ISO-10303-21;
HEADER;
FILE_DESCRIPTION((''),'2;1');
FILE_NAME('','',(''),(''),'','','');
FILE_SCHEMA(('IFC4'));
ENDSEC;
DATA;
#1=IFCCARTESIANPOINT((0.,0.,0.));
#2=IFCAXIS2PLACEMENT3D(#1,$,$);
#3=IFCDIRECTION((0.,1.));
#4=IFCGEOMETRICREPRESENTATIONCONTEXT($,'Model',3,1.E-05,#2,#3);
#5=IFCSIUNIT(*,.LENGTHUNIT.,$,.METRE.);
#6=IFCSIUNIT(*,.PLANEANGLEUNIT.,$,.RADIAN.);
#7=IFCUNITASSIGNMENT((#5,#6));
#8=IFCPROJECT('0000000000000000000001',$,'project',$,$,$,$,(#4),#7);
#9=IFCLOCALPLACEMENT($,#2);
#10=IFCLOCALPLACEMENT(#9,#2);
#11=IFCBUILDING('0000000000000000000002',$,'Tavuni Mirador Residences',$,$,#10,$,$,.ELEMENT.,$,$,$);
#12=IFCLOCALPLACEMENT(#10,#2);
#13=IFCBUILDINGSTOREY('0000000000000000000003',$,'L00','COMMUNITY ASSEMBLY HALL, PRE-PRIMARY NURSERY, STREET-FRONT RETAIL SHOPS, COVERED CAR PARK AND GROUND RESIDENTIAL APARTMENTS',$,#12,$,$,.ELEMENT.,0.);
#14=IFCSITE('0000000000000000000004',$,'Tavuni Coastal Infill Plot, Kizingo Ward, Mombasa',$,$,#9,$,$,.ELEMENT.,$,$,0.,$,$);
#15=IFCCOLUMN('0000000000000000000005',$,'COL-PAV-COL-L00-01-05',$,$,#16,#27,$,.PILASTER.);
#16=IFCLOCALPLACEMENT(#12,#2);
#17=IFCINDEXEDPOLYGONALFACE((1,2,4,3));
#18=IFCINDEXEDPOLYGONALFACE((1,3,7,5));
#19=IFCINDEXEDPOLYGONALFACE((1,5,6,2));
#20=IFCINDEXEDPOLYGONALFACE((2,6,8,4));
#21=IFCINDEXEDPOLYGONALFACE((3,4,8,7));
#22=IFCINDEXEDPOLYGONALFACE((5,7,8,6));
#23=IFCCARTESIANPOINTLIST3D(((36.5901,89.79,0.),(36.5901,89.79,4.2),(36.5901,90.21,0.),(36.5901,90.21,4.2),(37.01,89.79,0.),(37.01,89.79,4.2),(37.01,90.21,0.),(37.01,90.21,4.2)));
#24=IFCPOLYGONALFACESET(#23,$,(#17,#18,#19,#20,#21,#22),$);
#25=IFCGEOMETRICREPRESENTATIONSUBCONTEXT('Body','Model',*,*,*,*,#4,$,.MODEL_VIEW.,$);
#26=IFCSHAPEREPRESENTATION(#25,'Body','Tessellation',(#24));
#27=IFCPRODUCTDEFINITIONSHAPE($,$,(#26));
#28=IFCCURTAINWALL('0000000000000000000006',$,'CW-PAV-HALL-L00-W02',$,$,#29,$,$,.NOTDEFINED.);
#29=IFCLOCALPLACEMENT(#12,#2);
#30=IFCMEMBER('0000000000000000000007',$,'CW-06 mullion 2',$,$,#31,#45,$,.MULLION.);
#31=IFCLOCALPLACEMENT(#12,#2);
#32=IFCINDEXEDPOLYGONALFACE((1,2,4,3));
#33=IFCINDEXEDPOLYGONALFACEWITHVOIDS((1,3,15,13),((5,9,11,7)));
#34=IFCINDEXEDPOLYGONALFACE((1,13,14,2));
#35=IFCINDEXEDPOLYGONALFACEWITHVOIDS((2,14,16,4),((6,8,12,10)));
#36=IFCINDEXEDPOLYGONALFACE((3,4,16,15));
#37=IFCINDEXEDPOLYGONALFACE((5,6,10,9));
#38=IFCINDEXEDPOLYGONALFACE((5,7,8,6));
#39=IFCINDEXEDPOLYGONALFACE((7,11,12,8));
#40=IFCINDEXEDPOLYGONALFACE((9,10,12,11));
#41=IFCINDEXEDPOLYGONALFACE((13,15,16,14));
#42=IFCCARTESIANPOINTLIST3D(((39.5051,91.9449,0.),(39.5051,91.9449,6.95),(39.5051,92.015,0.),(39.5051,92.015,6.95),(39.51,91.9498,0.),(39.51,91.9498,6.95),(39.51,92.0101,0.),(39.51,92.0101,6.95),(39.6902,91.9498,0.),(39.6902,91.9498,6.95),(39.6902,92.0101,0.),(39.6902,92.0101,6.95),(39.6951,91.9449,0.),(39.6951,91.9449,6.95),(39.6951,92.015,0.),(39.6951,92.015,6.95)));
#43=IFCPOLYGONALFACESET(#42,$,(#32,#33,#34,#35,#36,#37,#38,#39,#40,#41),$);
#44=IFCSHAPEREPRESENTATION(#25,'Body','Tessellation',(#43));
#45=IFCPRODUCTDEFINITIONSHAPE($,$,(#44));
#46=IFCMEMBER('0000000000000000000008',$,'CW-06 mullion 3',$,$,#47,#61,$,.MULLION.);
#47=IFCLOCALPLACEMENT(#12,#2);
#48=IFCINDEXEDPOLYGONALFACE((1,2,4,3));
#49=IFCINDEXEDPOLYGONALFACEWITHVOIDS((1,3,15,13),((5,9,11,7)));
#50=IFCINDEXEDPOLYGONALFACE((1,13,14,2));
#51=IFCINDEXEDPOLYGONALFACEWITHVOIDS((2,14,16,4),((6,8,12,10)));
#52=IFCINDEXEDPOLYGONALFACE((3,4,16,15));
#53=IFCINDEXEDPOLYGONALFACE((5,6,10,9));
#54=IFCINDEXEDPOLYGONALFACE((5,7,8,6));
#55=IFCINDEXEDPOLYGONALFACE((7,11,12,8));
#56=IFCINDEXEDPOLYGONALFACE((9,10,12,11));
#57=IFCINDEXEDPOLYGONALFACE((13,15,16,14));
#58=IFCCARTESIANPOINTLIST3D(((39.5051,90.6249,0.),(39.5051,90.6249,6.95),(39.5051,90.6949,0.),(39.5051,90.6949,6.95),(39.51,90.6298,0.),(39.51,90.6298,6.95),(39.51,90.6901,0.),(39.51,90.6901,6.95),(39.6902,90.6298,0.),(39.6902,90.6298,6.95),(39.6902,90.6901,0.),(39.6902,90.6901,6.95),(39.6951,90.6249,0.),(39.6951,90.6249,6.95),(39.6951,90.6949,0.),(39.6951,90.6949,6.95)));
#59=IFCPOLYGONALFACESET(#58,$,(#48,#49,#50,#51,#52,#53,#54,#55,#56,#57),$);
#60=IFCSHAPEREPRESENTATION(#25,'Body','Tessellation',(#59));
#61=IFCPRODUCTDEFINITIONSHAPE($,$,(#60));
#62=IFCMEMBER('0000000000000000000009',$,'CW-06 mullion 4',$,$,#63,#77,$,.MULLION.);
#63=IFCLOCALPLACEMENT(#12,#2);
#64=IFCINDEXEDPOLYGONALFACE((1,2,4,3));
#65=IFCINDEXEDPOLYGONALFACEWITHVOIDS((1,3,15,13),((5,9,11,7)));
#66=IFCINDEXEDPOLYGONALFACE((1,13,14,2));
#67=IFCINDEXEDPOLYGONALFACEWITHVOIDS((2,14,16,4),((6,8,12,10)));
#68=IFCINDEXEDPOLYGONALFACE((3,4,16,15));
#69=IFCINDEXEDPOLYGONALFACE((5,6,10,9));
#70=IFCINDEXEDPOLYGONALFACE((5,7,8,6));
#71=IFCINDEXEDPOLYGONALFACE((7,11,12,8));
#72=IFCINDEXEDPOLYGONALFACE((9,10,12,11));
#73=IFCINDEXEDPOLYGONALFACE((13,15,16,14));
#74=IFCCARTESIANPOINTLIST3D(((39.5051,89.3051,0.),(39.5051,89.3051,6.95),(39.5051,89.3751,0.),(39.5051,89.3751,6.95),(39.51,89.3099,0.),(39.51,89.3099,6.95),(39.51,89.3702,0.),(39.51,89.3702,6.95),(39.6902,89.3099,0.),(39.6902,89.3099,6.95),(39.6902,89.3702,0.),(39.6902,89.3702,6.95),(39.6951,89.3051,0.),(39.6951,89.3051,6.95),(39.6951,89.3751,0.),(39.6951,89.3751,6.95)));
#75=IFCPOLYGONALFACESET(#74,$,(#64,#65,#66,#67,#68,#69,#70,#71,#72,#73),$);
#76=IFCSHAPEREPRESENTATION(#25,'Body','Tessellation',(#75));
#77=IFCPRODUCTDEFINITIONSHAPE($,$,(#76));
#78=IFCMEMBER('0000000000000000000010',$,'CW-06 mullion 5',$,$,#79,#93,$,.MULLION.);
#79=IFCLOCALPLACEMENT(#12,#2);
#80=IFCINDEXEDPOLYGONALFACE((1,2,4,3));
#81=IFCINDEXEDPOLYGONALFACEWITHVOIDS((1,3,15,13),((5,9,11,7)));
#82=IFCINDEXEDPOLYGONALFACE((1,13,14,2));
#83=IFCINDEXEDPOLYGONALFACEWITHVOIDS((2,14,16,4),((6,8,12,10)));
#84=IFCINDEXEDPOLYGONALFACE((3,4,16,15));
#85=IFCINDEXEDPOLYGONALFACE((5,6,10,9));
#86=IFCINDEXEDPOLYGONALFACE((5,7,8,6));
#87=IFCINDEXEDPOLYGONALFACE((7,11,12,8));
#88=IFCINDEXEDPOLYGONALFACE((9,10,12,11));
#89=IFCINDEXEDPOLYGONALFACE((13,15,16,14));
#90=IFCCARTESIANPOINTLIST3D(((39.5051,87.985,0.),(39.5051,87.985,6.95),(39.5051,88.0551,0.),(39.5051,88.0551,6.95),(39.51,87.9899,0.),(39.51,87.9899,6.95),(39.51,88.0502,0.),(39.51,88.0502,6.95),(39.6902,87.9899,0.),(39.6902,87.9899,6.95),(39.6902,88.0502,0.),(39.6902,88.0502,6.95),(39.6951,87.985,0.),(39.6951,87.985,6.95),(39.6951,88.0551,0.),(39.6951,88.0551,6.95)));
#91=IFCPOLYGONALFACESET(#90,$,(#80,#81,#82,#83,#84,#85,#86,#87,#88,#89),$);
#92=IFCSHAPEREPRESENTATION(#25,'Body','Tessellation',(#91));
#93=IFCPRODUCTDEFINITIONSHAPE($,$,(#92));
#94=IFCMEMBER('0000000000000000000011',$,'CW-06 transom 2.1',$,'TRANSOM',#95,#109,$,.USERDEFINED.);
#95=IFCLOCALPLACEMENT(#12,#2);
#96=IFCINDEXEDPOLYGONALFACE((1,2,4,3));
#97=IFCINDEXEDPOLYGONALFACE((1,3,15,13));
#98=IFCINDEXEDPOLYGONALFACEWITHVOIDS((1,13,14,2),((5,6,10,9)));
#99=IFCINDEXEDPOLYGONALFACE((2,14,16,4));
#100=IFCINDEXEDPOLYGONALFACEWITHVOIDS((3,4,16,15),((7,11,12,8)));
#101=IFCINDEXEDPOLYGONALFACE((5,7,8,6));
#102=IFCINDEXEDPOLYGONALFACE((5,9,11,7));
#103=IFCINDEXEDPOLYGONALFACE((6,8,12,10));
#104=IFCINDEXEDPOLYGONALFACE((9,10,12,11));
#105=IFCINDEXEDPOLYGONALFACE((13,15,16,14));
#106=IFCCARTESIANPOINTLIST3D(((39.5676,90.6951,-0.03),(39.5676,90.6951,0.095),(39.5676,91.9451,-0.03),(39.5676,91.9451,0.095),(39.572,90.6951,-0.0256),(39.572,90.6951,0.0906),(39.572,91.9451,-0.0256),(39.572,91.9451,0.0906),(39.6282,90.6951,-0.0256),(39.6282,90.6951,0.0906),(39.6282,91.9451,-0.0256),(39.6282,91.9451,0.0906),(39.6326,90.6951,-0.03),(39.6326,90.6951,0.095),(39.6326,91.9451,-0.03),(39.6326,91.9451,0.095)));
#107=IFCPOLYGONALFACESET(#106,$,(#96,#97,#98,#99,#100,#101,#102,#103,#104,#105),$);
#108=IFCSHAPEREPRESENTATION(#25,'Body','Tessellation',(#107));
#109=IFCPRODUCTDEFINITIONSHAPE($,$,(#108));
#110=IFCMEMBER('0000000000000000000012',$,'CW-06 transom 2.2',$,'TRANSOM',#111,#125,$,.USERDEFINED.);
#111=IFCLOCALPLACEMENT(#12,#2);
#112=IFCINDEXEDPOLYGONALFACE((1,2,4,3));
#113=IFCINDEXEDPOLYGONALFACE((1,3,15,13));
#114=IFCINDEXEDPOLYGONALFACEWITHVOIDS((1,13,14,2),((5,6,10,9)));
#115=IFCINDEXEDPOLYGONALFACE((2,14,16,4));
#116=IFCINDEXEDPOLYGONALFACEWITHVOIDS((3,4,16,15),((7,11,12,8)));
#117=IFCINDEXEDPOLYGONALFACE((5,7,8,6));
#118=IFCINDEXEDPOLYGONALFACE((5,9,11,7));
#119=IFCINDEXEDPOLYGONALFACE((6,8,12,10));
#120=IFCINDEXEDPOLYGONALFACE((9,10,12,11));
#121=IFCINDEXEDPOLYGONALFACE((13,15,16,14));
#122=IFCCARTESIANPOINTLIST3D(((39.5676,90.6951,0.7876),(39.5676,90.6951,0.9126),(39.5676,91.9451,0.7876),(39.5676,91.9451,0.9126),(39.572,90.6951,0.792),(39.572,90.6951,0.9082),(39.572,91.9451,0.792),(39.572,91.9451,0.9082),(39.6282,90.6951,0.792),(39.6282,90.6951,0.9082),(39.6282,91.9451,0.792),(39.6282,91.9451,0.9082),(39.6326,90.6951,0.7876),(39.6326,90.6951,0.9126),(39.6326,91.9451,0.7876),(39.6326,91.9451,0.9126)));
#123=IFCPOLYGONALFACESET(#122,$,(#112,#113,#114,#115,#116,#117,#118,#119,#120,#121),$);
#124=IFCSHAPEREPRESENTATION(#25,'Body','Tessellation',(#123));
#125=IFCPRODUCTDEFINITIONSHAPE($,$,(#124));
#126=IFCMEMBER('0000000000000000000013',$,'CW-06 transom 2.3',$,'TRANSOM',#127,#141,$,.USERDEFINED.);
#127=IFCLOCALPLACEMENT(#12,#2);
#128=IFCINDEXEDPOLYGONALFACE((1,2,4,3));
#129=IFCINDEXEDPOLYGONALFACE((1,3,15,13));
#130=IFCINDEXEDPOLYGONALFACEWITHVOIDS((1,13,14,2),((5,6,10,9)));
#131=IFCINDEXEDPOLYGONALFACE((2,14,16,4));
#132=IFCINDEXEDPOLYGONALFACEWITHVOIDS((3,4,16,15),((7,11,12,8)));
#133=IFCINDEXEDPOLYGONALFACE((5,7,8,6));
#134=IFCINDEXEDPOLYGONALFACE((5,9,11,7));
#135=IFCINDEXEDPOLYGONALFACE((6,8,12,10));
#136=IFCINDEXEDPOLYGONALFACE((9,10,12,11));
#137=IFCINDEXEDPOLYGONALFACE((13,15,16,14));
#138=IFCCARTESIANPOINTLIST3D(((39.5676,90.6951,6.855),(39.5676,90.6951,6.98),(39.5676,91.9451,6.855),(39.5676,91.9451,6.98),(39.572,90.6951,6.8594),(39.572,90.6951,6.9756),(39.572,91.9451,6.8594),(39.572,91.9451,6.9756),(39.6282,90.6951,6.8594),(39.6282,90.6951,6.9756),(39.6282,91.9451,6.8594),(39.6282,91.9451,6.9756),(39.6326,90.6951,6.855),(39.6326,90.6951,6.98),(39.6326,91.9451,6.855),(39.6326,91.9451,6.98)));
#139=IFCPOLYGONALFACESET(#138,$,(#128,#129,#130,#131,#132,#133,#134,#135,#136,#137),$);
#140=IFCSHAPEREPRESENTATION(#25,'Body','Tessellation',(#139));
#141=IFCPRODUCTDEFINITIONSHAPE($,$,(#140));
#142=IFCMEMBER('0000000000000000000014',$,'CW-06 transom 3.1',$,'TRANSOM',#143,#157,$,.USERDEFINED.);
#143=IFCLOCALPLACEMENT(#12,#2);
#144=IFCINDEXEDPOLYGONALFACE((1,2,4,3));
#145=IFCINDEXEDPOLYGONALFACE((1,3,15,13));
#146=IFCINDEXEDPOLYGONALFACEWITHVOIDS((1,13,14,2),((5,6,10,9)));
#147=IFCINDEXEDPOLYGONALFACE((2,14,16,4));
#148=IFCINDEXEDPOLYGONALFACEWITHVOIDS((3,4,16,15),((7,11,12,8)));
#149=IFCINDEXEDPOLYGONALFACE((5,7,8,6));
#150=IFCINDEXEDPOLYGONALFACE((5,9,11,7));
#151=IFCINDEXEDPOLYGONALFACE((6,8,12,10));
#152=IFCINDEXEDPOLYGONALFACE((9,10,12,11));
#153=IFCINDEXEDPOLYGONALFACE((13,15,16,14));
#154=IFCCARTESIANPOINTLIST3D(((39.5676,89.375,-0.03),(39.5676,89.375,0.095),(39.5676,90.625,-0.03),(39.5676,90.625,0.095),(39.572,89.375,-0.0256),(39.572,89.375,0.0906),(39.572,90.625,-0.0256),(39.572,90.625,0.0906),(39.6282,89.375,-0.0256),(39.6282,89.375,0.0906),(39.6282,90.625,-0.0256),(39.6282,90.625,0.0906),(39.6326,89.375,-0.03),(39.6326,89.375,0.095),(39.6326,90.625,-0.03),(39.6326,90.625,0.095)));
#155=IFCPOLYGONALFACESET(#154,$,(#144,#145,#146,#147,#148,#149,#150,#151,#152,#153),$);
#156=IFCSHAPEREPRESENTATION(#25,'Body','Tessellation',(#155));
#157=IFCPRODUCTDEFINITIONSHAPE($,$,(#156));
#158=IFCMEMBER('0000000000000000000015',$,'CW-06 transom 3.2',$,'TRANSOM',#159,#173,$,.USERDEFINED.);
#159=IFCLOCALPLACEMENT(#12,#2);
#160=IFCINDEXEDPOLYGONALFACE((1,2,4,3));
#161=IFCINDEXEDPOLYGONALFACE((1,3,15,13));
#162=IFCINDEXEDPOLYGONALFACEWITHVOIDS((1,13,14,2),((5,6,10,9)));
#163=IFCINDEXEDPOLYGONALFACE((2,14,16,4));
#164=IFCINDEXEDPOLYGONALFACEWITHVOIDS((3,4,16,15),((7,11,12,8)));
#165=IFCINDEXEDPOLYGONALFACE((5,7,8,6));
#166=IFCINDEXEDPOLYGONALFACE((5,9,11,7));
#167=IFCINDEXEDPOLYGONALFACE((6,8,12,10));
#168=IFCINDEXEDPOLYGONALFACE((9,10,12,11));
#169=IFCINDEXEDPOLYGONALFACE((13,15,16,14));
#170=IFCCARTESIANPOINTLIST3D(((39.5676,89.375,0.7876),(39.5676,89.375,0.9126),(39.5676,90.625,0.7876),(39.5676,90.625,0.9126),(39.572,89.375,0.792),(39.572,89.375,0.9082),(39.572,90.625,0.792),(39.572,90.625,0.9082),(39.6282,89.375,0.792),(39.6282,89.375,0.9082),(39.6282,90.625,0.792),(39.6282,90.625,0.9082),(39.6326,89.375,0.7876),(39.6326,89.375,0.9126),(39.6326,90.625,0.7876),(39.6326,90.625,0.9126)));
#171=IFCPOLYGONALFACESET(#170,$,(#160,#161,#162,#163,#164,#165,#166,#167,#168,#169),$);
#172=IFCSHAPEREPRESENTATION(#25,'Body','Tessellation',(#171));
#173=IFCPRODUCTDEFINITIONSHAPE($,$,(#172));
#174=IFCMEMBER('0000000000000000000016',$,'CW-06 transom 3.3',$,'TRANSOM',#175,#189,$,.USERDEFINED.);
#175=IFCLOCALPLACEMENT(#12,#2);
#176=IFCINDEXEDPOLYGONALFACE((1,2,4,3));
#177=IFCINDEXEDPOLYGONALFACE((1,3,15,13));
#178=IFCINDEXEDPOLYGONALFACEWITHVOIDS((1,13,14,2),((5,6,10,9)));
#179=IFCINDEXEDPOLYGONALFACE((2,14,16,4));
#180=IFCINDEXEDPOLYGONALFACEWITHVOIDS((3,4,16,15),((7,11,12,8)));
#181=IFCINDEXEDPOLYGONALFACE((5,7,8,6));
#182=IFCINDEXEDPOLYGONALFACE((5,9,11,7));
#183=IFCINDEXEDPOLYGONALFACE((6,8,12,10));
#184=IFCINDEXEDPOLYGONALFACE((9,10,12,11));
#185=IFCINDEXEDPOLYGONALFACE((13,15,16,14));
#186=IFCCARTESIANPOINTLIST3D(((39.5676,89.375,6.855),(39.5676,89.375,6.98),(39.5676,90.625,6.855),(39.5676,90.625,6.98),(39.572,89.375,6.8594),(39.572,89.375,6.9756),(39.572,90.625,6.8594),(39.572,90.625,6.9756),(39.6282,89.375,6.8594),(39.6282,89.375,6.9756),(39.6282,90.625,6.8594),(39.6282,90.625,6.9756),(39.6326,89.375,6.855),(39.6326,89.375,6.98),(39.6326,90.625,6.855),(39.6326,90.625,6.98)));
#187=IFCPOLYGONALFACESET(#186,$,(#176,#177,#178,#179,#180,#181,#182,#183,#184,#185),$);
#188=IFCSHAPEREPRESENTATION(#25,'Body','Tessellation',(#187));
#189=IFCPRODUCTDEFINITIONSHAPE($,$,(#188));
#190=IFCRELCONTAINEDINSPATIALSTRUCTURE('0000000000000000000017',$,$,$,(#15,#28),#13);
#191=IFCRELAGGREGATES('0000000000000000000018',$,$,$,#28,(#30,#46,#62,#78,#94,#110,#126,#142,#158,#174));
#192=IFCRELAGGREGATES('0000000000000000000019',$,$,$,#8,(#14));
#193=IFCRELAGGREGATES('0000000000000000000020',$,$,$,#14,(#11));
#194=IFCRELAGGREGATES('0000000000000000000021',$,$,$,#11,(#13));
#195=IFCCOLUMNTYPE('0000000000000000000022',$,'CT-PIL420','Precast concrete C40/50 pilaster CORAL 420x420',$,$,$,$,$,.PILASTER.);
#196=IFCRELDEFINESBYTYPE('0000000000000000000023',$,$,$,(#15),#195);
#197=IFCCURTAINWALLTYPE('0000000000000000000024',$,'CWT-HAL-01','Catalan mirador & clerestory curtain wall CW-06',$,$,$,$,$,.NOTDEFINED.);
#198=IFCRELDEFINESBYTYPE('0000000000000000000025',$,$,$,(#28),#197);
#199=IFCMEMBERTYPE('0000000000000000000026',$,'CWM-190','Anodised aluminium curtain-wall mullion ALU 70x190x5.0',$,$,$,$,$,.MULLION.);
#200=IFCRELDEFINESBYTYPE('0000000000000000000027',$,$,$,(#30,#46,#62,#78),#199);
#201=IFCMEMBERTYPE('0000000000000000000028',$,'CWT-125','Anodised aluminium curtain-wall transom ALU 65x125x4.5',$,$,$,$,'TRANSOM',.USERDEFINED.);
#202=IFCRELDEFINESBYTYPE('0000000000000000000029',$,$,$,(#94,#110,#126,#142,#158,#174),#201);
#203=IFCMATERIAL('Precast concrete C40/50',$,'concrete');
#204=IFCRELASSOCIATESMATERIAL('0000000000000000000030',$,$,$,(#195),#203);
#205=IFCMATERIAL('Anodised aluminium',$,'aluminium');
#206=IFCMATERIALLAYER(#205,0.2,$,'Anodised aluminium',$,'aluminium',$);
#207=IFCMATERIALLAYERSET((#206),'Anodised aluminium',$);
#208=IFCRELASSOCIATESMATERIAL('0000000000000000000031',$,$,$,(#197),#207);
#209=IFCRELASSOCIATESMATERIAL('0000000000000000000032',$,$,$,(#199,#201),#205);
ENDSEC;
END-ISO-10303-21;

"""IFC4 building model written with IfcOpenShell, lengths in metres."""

from ifc_helpers import new_model, si_unit, direction, frame, origin, origin_2d, place, context, subcontext, project, spatial, rectangle, hollow_rectangle, extrude, material, layer, layer_set, material_profile, profile_set, type_object, element, aggregate, save


model = new_model("IFC4")

# Units and contexts
model_context = context("Model", 3, precision=1e-05, world=origin(), true_north=direction((0.0, 1.0)))
body_context = subcontext(model_context, "Body", "Model", "MODEL_VIEW")
ifc_project = project(units=[si_unit("LENGTHUNIT", "METRE"), si_unit("PLANEANGLEUNIT", "RADIAN")], contexts=[model_context])

# Site, building, storey
site_placement = place(None, origin())
site = spatial("IfcSite", under=ifc_project, at=site_placement, Name="Tavuni Coastal Infill Plot, Kizingo Ward, Mombasa", CompositionType="ELEMENT", RefElevation=0.0)
building_placement = place(site_placement, origin())
building = spatial("IfcBuilding", under=site, at=building_placement, Name="Tavuni Mirador Residences", CompositionType="ELEMENT")
storey_placement = place(building_placement, origin())
storey = spatial("IfcBuildingStorey", under=building, at=storey_placement, Name="L00", Description="COMMUNITY ASSEMBLY HALL, PRE-PRIMARY NURSERY, STREET-FRONT RETAIL SHOPS, COVERED CAR PARK AND GROUND RESIDENTIAL APARTMENTS", CompositionType="ELEMENT", Elevation=0.0)

# Column
ifc_material_1 = material(Name="Precast concrete C40/50", Category="concrete")
ifc_material_profile_1 = material_profile(ifc_material_1, rectangle(XDim=0.4199, YDim=0.4199, at=origin_2d()), Name="CORAL 420x420", Category="concrete")
ifc_profile_set_1 = profile_set([ifc_material_profile_1], Name="Precast concrete C40/50")
column_type = type_object("IfcColumnType", Name="CT-PIL420", Description="Precast concrete C40/50 pilaster CORAL 420x420", PredefinedType="PILASTER", material=ifc_profile_set_1)
column_placement = place(storey_placement, frame((36.8, 90.0, 0.0), z_axis=(0.0, 0.0, 1.0), x_axis=(1.0, 0.0, 0.0)))
element("IfcColumn", 1, at=column_placement, inside=storey, type_object=column_type, Name="COL-PAV-COL-L00-01-05", PredefinedType="PILASTER", context=body_context, shape_type="SweptSolid", body=[
    extrude(rectangle(XDim=0.4199, YDim=0.4199, at=origin_2d()), origin(), (0.0, 0.0, 1.0), 4.2),
])

# Curtain wall, members
ifc_material_2 = material(Name="Anodised aluminium", Category="aluminium")
ifc_layer_1 = layer(ifc_material_2, 0.2, Name="Anodised aluminium", Category="aluminium")
ifc_layer_set_1 = layer_set([ifc_layer_1], Name="Anodised aluminium")
curtain_wall_type = type_object("IfcCurtainWallType", Name="CWT-HAL-01", Description="Catalan mirador & clerestory curtain wall CW-06", PredefinedType="NOTDEFINED", material=ifc_layer_set_1)
curtain_wall_placement = place(storey_placement, origin())
curtain_wall = element("IfcCurtainWall", 2, at=curtain_wall_placement, inside=storey, type_object=curtain_wall_type, Name="CW-PAV-HALL-L00-W02", PredefinedType="NOTDEFINED")
ifc_material_profile_2 = material_profile(ifc_material_2, hollow_rectangle(XDim=0.0701, YDim=0.1899, WallThickness=0.0049, at=origin_2d()), Name="ALU 70x190x5.0", Category="aluminium")
ifc_profile_set_2 = profile_set([ifc_material_profile_2], Name="Anodised aluminium")
member_type_1 = type_object("IfcMemberType", Name="CWM-190", Description="Anodised aluminium curtain-wall mullion ALU 70x190x5.0", PredefinedType="MULLION", material=ifc_profile_set_2)
member_1_placement = place(storey_placement, frame((39.6001, 91.98, 0.0), z_axis=(0.0, 0.0, 1.0), x_axis=(0.0, -1.0, 0.0)))
member_1 = element("IfcMember", 3, at=member_1_placement, type_object=member_type_1, Name="CW-06 mullion 2", PredefinedType="MULLION", context=body_context, shape_type="SweptSolid", body=[
    extrude(hollow_rectangle(XDim=0.0701, YDim=0.1899, WallThickness=0.0049, at=origin_2d()), origin(), (0.0, 0.0, 1.0), 6.95),
])
member_2_placement = place(storey_placement, frame((39.6001, 90.6599, 0.0), z_axis=(0.0, 0.0, 1.0), x_axis=(0.0, -1.0, 0.0)))
member_2 = element("IfcMember", 4, at=member_2_placement, type_object=member_type_1, Name="CW-06 mullion 3", PredefinedType="MULLION", context=body_context, shape_type="SweptSolid", body=[
    extrude(hollow_rectangle(XDim=0.0701, YDim=0.1899, WallThickness=0.0049, at=origin_2d()), origin(), (0.0, 0.0, 1.0), 6.95),
])
member_3_placement = place(storey_placement, frame((39.6001, 89.3401, 0.0), z_axis=(0.0, 0.0, 1.0), x_axis=(0.0, -1.0, 0.0)))
member_3 = element("IfcMember", 5, at=member_3_placement, type_object=member_type_1, Name="CW-06 mullion 4", PredefinedType="MULLION", context=body_context, shape_type="SweptSolid", body=[
    extrude(hollow_rectangle(XDim=0.0701, YDim=0.1899, WallThickness=0.0049, at=origin_2d()), origin(), (0.0, 0.0, 1.0), 6.95),
])
member_4_placement = place(storey_placement, frame((39.6001, 88.02, 0.0), z_axis=(0.0, 0.0, 1.0), x_axis=(0.0, -1.0, 0.0)))
member_4 = element("IfcMember", 6, at=member_4_placement, type_object=member_type_1, Name="CW-06 mullion 5", PredefinedType="MULLION", context=body_context, shape_type="SweptSolid", body=[
    extrude(hollow_rectangle(XDim=0.0701, YDim=0.1899, WallThickness=0.0049, at=origin_2d()), origin(), (0.0, 0.0, 1.0), 6.95),
])
ifc_material_profile_3 = material_profile(ifc_material_2, hollow_rectangle(XDim=0.0649, YDim=0.125, WallThickness=0.0044, at=origin_2d()), Name="ALU 65x125x4.5", Category="aluminium")
ifc_profile_set_3 = profile_set([ifc_material_profile_3], Name="Anodised aluminium")
member_type_2 = type_object("IfcMemberType", Name="CWT-125", Description="Anodised aluminium curtain-wall transom ALU 65x125x4.5", ElementType="TRANSOM", PredefinedType="USERDEFINED", material=ifc_profile_set_3)
member_5_placement = place(storey_placement, frame((39.6001, 91.9451, 0.0325), z_axis=(0.0, -1.0, 0.0), x_axis=(1.0, 0.0, 0.0)))
member_5 = element("IfcMember", 7, at=member_5_placement, type_object=member_type_2, Name="CW-06 transom 2.1", ObjectType="TRANSOM", PredefinedType="USERDEFINED", context=body_context, shape_type="SweptSolid", body=[
    extrude(hollow_rectangle(XDim=0.0649, YDim=0.125, WallThickness=0.0044, at=origin_2d()), origin(), (0.0, 0.0, 1.0), 1.25),
])
member_6_placement = place(storey_placement, frame((39.6001, 91.9451, 0.8501), z_axis=(0.0, -1.0, 0.0), x_axis=(1.0, 0.0, 0.0)))
member_6 = element("IfcMember", 8, at=member_6_placement, type_object=member_type_2, Name="CW-06 transom 2.2", ObjectType="TRANSOM", PredefinedType="USERDEFINED", context=body_context, shape_type="SweptSolid", body=[
    extrude(hollow_rectangle(XDim=0.0649, YDim=0.125, WallThickness=0.0044, at=origin_2d()), origin(), (0.0, 0.0, 1.0), 1.25),
])
member_7_placement = place(storey_placement, frame((39.6001, 91.9451, 6.9175), z_axis=(0.0, -1.0, 0.0), x_axis=(1.0, 0.0, 0.0)))
member_7 = element("IfcMember", 9, at=member_7_placement, type_object=member_type_2, Name="CW-06 transom 2.3", ObjectType="TRANSOM", PredefinedType="USERDEFINED", context=body_context, shape_type="SweptSolid", body=[
    extrude(hollow_rectangle(XDim=0.0649, YDim=0.125, WallThickness=0.0044, at=origin_2d()), origin(), (0.0, 0.0, 1.0), 1.25),
])
member_8_placement = place(storey_placement, frame((39.6001, 90.625, 0.0325), z_axis=(0.0, -1.0, 0.0), x_axis=(1.0, 0.0, 0.0)))
member_8 = element("IfcMember", 10, at=member_8_placement, type_object=member_type_2, Name="CW-06 transom 3.1", ObjectType="TRANSOM", PredefinedType="USERDEFINED", context=body_context, shape_type="SweptSolid", body=[
    extrude(hollow_rectangle(XDim=0.0649, YDim=0.125, WallThickness=0.0044, at=origin_2d()), origin(), (0.0, 0.0, 1.0), 1.25),
])
member_9_placement = place(storey_placement, frame((39.6001, 90.625, 0.8501), z_axis=(0.0, -1.0, 0.0), x_axis=(1.0, 0.0, 0.0)))
member_9 = element("IfcMember", 11, at=member_9_placement, type_object=member_type_2, Name="CW-06 transom 3.2", ObjectType="TRANSOM", PredefinedType="USERDEFINED", context=body_context, shape_type="SweptSolid", body=[
    extrude(hollow_rectangle(XDim=0.0649, YDim=0.125, WallThickness=0.0044, at=origin_2d()), origin(), (0.0, 0.0, 1.0), 1.25),
])
member_10_placement = place(storey_placement, frame((39.6001, 90.625, 6.9175), z_axis=(0.0, -1.0, 0.0), x_axis=(1.0, 0.0, 0.0)))
member_10 = element("IfcMember", 12, at=member_10_placement, type_object=member_type_2, Name="CW-06 transom 3.3", ObjectType="TRANSOM", PredefinedType="USERDEFINED", context=body_context, shape_type="SweptSolid", body=[
    extrude(hollow_rectangle(XDim=0.0649, YDim=0.125, WallThickness=0.0044, at=origin_2d()), origin(), (0.0, 0.0, 1.0), 1.25),
])

aggregate(curtain_wall, [member_1, member_2, member_3, member_4, member_5, member_6, member_7, member_8, member_9, member_10])

save(model, "model.ifc")
